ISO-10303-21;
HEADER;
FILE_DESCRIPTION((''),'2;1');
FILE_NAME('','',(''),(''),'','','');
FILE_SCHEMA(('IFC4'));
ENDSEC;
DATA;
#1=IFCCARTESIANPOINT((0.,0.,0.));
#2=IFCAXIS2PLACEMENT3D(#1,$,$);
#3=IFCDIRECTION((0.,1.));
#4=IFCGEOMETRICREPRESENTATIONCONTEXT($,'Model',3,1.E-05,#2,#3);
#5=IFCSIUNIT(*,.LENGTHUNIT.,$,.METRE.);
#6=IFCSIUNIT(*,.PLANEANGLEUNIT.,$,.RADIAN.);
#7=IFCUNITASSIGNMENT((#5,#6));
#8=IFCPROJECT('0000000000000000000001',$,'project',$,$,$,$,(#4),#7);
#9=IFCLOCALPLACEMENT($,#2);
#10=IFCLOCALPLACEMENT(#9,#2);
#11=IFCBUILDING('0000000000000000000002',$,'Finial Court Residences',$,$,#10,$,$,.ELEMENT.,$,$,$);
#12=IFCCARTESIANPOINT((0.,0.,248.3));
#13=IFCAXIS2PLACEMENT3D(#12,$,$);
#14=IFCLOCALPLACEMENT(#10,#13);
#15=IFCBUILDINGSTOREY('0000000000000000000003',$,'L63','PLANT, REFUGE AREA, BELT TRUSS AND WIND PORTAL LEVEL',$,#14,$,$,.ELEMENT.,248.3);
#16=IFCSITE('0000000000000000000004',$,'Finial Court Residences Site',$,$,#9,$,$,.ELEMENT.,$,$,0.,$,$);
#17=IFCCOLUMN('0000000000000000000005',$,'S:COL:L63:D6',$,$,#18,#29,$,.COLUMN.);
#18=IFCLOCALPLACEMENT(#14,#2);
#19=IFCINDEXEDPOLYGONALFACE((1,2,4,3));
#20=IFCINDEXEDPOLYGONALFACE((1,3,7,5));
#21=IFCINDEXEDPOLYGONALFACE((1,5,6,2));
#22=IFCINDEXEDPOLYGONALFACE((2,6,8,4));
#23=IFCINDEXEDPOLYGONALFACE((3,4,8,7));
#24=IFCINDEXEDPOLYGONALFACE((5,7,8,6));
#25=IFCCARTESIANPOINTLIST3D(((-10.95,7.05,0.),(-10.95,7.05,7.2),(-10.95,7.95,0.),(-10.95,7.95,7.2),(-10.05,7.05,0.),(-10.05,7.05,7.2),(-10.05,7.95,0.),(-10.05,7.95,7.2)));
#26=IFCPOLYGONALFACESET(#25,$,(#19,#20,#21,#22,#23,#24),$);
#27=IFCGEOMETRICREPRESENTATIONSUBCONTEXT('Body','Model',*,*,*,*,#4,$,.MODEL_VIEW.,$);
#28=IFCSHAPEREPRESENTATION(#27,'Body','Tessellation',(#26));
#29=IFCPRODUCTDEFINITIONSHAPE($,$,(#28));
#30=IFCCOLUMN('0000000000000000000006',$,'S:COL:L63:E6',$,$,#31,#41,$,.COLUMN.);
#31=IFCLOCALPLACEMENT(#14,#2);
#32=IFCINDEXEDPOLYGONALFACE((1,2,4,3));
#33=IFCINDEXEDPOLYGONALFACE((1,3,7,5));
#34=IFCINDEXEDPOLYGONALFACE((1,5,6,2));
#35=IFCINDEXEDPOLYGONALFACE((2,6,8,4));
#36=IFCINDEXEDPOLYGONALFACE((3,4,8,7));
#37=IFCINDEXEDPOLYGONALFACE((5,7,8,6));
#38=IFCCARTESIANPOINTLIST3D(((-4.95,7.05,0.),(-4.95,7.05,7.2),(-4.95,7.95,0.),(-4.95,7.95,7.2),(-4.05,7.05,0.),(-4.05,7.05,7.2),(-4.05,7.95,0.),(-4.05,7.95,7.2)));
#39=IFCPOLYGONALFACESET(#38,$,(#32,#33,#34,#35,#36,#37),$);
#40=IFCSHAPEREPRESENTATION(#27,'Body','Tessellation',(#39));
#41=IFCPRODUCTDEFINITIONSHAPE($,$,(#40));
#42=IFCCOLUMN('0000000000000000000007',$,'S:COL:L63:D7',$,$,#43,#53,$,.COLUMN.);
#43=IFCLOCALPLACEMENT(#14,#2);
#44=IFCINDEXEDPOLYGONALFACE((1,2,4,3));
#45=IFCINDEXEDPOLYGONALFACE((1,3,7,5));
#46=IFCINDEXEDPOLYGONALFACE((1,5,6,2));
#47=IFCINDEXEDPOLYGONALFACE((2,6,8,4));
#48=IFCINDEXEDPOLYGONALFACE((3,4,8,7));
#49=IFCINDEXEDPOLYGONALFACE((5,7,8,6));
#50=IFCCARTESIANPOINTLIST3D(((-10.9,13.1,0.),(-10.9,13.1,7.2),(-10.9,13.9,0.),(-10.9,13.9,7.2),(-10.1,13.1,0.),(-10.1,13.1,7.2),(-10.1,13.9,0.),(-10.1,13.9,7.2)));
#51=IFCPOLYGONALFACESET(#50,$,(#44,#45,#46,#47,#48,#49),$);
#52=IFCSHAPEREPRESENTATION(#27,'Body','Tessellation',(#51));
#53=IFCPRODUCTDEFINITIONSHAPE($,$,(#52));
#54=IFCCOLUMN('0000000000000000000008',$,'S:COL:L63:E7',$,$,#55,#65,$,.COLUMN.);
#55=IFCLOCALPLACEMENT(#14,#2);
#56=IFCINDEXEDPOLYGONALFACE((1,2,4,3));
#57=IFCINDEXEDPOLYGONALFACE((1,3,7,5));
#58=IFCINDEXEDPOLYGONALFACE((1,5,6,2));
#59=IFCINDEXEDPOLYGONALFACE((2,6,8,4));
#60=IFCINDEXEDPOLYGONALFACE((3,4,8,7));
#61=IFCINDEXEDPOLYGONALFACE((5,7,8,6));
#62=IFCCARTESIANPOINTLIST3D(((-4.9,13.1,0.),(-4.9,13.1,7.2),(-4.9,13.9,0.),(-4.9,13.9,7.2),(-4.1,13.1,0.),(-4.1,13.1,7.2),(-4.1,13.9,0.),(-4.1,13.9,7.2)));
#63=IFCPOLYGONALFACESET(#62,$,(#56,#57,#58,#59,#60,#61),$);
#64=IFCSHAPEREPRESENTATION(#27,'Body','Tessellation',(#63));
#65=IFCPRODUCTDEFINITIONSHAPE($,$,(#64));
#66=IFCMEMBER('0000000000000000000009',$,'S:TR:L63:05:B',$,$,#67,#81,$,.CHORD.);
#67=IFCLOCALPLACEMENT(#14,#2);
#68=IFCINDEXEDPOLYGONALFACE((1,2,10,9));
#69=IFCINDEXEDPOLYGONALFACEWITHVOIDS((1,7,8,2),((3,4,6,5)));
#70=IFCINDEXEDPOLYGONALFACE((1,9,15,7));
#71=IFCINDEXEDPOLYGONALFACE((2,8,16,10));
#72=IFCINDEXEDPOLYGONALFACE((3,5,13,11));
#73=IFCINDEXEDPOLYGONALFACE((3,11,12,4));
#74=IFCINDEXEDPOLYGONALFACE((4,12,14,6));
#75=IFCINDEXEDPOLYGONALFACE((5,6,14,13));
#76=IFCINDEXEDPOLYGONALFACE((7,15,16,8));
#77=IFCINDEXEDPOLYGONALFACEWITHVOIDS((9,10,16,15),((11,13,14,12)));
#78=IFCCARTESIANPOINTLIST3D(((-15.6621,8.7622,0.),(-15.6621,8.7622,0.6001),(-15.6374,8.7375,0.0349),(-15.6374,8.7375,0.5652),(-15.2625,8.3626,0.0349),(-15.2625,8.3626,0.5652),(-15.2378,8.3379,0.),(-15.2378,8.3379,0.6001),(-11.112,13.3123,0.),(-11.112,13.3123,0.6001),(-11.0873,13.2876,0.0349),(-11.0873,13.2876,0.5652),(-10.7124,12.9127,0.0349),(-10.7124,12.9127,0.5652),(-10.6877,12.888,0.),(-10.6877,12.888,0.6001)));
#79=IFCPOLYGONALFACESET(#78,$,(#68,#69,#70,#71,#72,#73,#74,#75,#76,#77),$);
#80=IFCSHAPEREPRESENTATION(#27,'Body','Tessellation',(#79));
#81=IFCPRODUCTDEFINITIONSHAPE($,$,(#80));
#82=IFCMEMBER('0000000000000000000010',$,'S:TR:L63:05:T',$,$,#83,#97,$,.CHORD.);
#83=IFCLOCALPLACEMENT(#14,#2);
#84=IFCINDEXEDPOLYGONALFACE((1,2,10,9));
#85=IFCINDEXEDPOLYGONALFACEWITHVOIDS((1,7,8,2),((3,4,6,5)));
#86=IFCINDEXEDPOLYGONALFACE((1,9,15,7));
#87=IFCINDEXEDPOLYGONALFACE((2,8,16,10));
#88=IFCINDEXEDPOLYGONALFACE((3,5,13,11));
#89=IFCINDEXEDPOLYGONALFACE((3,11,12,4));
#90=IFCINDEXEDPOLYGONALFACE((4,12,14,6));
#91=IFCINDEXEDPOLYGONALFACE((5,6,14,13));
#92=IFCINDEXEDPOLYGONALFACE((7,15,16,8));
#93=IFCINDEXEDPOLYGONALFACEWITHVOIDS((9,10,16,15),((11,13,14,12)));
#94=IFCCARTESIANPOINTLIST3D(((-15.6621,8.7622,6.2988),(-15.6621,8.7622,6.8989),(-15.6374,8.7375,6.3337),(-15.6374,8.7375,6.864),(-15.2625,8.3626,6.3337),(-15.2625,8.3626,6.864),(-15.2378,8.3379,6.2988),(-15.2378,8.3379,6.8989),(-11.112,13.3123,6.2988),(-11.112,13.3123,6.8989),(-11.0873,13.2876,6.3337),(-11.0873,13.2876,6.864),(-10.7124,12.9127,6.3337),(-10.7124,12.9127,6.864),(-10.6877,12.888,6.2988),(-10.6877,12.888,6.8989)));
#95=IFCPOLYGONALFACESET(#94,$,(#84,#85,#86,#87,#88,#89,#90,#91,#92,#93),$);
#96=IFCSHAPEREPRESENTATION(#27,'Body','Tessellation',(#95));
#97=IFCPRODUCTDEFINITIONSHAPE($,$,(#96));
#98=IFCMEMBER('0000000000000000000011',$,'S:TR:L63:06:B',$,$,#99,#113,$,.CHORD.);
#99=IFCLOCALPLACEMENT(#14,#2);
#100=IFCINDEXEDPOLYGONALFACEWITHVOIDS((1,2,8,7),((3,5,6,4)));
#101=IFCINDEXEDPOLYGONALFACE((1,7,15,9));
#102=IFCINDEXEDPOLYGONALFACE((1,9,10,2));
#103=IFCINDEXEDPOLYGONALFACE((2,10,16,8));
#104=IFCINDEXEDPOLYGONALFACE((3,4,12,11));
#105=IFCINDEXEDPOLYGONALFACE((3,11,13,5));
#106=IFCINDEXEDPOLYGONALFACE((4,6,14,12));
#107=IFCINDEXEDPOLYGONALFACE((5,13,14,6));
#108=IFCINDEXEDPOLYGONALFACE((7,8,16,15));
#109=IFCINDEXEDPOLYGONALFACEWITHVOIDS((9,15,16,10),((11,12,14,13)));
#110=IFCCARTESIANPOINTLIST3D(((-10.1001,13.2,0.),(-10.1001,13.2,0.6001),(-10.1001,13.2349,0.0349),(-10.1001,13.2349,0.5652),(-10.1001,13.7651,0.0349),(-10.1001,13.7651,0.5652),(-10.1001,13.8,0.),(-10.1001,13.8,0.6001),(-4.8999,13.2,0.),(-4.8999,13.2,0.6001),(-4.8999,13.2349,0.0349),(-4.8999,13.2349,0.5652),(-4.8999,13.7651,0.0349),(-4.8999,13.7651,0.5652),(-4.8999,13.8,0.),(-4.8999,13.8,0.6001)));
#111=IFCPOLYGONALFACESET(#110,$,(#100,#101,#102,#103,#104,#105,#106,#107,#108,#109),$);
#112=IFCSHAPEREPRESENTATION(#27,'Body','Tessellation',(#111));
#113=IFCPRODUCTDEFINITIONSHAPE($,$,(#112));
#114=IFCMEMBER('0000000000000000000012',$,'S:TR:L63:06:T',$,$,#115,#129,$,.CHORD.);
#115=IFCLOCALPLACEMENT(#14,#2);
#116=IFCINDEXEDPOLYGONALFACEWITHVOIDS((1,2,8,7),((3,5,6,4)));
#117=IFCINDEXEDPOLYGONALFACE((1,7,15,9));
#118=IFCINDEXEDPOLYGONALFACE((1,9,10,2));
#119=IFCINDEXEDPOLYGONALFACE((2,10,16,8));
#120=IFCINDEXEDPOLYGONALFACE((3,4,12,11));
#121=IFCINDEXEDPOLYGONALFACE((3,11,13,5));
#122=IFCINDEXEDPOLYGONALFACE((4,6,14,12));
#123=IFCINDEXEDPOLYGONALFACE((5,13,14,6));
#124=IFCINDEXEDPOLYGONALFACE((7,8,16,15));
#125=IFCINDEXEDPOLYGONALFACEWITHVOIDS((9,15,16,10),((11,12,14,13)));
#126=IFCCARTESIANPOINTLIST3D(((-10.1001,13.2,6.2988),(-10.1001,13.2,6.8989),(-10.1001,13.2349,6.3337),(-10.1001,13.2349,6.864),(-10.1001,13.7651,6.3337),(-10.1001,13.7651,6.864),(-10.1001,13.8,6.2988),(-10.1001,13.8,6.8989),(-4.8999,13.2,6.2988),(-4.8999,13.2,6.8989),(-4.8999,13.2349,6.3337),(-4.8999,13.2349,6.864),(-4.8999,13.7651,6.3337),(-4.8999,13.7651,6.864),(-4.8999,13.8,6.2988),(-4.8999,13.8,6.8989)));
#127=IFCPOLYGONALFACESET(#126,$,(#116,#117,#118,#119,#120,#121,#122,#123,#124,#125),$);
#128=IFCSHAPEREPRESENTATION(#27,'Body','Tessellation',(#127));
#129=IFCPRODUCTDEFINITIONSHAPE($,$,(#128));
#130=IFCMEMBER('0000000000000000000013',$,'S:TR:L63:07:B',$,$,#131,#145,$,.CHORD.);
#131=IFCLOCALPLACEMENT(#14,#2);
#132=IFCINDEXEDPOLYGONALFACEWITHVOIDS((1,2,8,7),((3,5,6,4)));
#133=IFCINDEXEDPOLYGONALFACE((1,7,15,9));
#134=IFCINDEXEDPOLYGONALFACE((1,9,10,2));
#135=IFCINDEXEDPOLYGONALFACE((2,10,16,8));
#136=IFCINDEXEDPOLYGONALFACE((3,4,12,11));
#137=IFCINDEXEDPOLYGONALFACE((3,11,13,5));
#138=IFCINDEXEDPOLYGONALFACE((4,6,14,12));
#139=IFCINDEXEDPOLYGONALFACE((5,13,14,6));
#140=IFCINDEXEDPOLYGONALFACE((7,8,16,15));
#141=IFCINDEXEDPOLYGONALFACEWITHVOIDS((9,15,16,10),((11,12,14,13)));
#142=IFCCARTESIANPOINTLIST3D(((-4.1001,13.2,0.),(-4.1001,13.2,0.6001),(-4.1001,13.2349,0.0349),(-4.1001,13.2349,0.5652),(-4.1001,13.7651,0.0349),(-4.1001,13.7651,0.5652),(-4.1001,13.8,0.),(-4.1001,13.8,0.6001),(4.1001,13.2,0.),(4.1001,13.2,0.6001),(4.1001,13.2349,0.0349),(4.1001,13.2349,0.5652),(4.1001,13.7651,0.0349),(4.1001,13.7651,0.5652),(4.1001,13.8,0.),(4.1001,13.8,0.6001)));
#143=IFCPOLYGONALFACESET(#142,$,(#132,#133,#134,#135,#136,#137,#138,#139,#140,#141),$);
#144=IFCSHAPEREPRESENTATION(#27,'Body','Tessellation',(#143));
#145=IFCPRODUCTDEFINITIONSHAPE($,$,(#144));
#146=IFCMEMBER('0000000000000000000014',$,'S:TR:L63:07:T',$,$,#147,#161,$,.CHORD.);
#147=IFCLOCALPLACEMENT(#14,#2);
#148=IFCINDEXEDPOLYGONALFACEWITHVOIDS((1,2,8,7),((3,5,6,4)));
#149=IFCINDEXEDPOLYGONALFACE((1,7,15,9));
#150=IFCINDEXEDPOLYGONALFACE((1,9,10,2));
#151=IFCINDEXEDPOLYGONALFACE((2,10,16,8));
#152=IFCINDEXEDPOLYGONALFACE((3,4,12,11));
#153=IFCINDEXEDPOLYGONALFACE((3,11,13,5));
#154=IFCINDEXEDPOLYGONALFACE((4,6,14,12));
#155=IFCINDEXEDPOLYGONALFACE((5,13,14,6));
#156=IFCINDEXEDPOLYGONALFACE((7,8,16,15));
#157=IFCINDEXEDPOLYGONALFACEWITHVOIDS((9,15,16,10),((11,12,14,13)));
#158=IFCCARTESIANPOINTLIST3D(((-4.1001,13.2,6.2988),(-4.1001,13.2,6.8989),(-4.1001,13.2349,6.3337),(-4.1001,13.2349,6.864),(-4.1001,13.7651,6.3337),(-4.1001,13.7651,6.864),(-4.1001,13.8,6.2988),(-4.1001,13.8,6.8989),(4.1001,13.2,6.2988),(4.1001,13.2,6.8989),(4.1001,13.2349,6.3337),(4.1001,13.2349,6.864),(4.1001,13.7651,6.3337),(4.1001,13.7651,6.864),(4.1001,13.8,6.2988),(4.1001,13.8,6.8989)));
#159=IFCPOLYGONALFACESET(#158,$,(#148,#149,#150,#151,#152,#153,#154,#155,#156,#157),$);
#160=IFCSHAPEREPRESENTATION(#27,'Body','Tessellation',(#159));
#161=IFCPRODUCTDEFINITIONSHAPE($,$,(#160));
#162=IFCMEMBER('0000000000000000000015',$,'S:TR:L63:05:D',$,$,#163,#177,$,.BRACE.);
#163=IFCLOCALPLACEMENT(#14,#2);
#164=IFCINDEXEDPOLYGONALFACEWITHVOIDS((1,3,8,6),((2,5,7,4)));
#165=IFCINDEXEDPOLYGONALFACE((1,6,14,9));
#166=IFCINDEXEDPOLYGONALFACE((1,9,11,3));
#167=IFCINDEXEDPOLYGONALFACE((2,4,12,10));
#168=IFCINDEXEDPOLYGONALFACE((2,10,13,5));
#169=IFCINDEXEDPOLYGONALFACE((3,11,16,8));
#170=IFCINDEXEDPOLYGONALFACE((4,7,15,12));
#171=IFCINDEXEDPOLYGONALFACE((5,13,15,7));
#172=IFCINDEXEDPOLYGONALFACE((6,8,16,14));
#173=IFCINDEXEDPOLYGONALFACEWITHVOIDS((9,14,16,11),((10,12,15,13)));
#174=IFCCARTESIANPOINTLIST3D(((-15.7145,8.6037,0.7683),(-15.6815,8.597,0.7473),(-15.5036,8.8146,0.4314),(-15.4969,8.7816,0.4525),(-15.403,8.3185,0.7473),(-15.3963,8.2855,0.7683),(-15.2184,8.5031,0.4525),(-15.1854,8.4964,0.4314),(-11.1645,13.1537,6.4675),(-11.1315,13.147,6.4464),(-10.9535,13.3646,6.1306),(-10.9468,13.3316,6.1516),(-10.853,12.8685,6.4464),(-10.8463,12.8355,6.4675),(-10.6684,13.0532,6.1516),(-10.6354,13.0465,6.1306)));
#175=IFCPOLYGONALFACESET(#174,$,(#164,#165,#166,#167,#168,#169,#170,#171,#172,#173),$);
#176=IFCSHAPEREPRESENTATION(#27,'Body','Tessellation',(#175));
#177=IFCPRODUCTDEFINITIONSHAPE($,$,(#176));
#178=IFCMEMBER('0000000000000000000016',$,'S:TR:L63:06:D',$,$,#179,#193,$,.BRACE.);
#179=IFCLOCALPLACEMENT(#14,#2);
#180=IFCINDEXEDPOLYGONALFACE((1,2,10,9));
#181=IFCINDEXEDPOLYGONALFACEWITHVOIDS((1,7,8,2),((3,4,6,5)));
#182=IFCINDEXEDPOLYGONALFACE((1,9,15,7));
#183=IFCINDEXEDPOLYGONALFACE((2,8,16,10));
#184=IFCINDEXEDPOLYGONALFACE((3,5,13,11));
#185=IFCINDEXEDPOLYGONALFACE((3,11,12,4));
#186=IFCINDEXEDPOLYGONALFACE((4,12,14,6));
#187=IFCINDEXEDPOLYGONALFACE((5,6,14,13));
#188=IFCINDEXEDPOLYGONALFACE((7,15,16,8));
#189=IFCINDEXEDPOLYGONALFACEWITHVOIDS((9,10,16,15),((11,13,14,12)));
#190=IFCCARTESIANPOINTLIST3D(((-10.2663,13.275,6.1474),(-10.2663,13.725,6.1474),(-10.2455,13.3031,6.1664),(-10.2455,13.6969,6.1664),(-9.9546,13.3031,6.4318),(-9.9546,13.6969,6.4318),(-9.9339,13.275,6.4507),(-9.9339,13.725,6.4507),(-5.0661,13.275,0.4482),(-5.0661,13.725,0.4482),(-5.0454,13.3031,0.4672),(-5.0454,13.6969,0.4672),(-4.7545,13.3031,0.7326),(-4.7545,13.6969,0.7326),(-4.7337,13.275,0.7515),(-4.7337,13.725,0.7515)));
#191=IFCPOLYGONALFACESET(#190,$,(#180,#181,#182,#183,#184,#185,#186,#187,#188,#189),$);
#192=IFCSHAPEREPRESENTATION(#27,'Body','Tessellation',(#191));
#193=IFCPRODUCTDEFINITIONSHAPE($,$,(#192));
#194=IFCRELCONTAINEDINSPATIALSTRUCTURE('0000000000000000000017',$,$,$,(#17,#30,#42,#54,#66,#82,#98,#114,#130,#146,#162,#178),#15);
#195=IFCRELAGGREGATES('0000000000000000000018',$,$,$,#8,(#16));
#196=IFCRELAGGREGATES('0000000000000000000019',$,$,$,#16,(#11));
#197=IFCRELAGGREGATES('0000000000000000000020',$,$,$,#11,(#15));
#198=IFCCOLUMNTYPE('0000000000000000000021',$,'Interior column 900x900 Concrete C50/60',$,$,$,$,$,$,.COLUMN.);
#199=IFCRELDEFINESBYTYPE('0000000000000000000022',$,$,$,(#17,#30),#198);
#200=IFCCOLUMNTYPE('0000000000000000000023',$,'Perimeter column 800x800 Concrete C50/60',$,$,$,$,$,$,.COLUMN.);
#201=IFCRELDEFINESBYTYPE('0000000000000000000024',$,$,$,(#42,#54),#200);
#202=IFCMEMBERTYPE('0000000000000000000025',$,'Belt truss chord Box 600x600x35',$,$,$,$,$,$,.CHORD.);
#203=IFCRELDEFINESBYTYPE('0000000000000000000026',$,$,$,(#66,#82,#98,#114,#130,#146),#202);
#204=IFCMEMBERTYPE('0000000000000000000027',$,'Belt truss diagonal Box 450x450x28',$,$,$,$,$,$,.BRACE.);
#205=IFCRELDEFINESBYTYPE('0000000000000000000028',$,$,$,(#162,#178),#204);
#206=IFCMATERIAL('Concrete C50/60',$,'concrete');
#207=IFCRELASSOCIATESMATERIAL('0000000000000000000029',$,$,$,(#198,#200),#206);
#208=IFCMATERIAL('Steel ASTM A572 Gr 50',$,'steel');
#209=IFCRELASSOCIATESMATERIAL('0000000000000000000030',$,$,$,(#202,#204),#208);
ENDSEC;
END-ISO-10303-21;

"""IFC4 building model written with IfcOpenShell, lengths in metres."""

from ifc_helpers import new_model, si_unit, direction, frame, origin, origin_2d, place, context, subcontext, project, spatial, rectangle, hollow_rectangle, extrude, material, material_profile, profile_set, type_object, element, save


model = new_model("IFC4")

# Units and contexts
model_context = context("Model", 3, precision=1e-05, world=origin(), true_north=direction((0.0, 1.0)))
body_context = subcontext(model_context, "Body", "Model", "MODEL_VIEW")
ifc_project = project(units=[si_unit("LENGTHUNIT", "METRE"), si_unit("PLANEANGLEUNIT", "RADIAN")], contexts=[model_context])

# Site, building, storey
site_placement = place(None, origin())
site = spatial("IfcSite", under=ifc_project, at=site_placement, Name="Finial Court Residences Site", CompositionType="ELEMENT", RefElevation=0.0)
building_placement = place(site_placement, origin())
building = spatial("IfcBuilding", under=site, at=building_placement, Name="Finial Court Residences", CompositionType="ELEMENT")
storey_placement = place(building_placement, frame((0.0, 0.0, 248.3)))
storey = spatial("IfcBuildingStorey", under=building, at=storey_placement, Name="L63", Description="PLANT, REFUGE AREA, BELT TRUSS AND WIND PORTAL LEVEL", CompositionType="ELEMENT", Elevation=248.3)

# Columns
ifc_material_1 = material(Name="Concrete C50/60", Category="concrete")
ifc_material_profile_1 = material_profile(ifc_material_1, rectangle(XDim=0.8999, YDim=0.8999, at=origin_2d()), Name="900x900")
ifc_profile_set_1 = profile_set([ifc_material_profile_1], Name="Concrete C50/60")
column_type_1 = type_object("IfcColumnType", Name="Interior column 900x900 Concrete C50/60", PredefinedType="COLUMN", material=ifc_profile_set_1)
for number, where, z_axis, x_axis, name in (
    (1, (-10.5, 7.5, 0.0), (0.0, 0.0, 1.0), (1.0, 0.0, 0.0), "S:COL:L63:D6"),
    (2, (-4.5, 7.5, 0.0), (0.0, 0.0, 1.0), (1.0, 0.0, 0.0), "S:COL:L63:E6"),
):
    element("IfcColumn", number, at=place(storey_placement, frame(where, z_axis=z_axis, x_axis=x_axis)), inside=storey, type_object=column_type_1, Name=name, PredefinedType="COLUMN", context=body_context, shape_type="SweptSolid", body=[
        extrude(rectangle(XDim=0.8999, YDim=0.8999, at=origin_2d()), origin(), (0.0, 0.0, 1.0), 7.2),
    ])
ifc_material_profile_2 = material_profile(ifc_material_1, rectangle(XDim=0.8, YDim=0.8, at=origin_2d()), Name="800x800")
ifc_profile_set_2 = profile_set([ifc_material_profile_2], Name="Concrete C50/60")
column_type_2 = type_object("IfcColumnType", Name="Perimeter column 800x800 Concrete C50/60", PredefinedType="COLUMN", material=ifc_profile_set_2)
for number, where, z_axis, x_axis, name in (
    (3, (-10.5, 13.5, 0.0), (0.0, 0.0, 1.0), (1.0, 0.0, 0.0), "S:COL:L63:D7"),
    (4, (-4.5, 13.5, 0.0), (0.0, 0.0, 1.0), (1.0, 0.0, 0.0), "S:COL:L63:E7"),
):
    element("IfcColumn", number, at=place(storey_placement, frame(where, z_axis=z_axis, x_axis=x_axis)), inside=storey, type_object=column_type_2, Name=name, PredefinedType="COLUMN", context=body_context, shape_type="SweptSolid", body=[
        extrude(rectangle(XDim=0.8, YDim=0.8, at=origin_2d()), origin(), (0.0, 0.0, 1.0), 7.2),
    ])

# Members
ifc_material_2 = material(Name="Steel ASTM A572 Gr 50", Category="steel")
ifc_material_profile_3 = material_profile(ifc_material_2, hollow_rectangle(XDim=0.6001, YDim=0.6001, WallThickness=0.0349, at=origin_2d()), Name="Box 600x600x35")
ifc_profile_set_3 = profile_set([ifc_material_profile_3], Name="Steel ASTM A572 Gr 50")
member_type_1 = type_object("IfcMemberType", Name="Belt truss chord Box 600x600x35", PredefinedType="CHORD", material=ifc_profile_set_3)
for number, where, z_axis, x_axis, name in (
    (5, (-15.45, 8.55, 0.3), (0.707107, 0.707107, 0.0), (-0.707107, 0.707107, 0.0), "S:TR:L63:05:B"),
    (6, (-15.45, 8.55, 6.5989), (0.707107, 0.707107, 0.0), (-0.707107, 0.707107, 0.0), "S:TR:L63:05:T"),
):
    element("IfcMember", number, at=place(storey_placement, frame(where, z_axis=z_axis, x_axis=x_axis)), inside=storey, type_object=member_type_1, Name=name, PredefinedType="CHORD", context=body_context, shape_type="SweptSolid", body=[
        extrude(hollow_rectangle(XDim=0.6001, YDim=0.6001, WallThickness=0.0349, at=origin_2d()), origin(), (0.0, 0.0, 1.0), 6.4348),
    ])
for number, where, z_axis, x_axis, name in (
    (7, (-10.1001, 13.5, 0.3), (1.0, 0.0, 0.0), (0.0, 1.0, 0.0), "S:TR:L63:06:B"),
    (8, (-10.1001, 13.5, 6.5989), (1.0, 0.0, 0.0), (0.0, 1.0, 0.0), "S:TR:L63:06:T"),
):
    element("IfcMember", number, at=place(storey_placement, frame(where, z_axis=z_axis, x_axis=x_axis)), inside=storey, type_object=member_type_1, Name=name, PredefinedType="CHORD", context=body_context, shape_type="SweptSolid", body=[
        extrude(hollow_rectangle(XDim=0.6001, YDim=0.6001, WallThickness=0.0349, at=origin_2d()), origin(), (0.0, 0.0, 1.0), 5.2002),
    ])
for number, where, z_axis, x_axis, name in (
    (9, (-4.1001, 13.5, 0.3), (1.0, 0.0, 0.0), (0.0, 1.0, 0.0), "S:TR:L63:07:B"),
    (10, (-4.1001, 13.5, 6.5989), (1.0, 0.0, 0.0), (0.0, 1.0, 0.0), "S:TR:L63:07:T"),
):
    element("IfcMember", number, at=place(storey_placement, frame(where, z_axis=z_axis, x_axis=x_axis)), inside=storey, type_object=member_type_1, Name=name, PredefinedType="CHORD", context=body_context, shape_type="SweptSolid", body=[
        extrude(hollow_rectangle(XDim=0.6001, YDim=0.6001, WallThickness=0.0349, at=origin_2d()), origin(), (0.0, 0.0, 1.0), 8.2002),
    ])
ifc_material_profile_4 = material_profile(ifc_material_2, hollow_rectangle(XDim=0.45, YDim=0.45, WallThickness=0.0281, at=origin_2d()), Name="Box 450x450x28")
ifc_profile_set_4 = profile_set([ifc_material_profile_4], Name="Steel ASTM A572 Gr 50")
member_type_2 = type_object("IfcMemberType", Name="Belt truss diagonal Box 450x450x28", PredefinedType="BRACE", material=ifc_profile_set_4)
member_1_placement = place(storey_placement, frame((-15.45, 8.55, 0.5999), z_axis=(0.529337, 0.529337, 0.663027), x_axis=(-0.707107, 0.707107, 0.0)))
element("IfcMember", 11, at=member_1_placement, inside=storey, type_object=member_type_2, Name="S:TR:L63:05:D", PredefinedType="BRACE", context=body_context, shape_type="SweptSolid", body=[
    extrude(hollow_rectangle(XDim=0.45, YDim=0.45, WallThickness=0.0281, at=origin_2d()), origin(), (0.0, 0.0, 1.0), 8.5957),
])
member_2_placement = place(storey_placement, frame((-10.1001, 13.5, 6.2991), z_axis=(0.674026, 0.0, -0.738707), x_axis=(0.0, 1.0, 0.0)))
element("IfcMember", 12, at=member_2_placement, inside=storey, type_object=member_type_2, Name="S:TR:L63:06:D", PredefinedType="BRACE", context=body_context, shape_type="SweptSolid", body=[
    extrude(hollow_rectangle(XDim=0.45, YDim=0.45, WallThickness=0.0281, at=origin_2d()), origin(), (0.0, 0.0, 1.0), 7.7151),
])

save(model, "model.ifc")
